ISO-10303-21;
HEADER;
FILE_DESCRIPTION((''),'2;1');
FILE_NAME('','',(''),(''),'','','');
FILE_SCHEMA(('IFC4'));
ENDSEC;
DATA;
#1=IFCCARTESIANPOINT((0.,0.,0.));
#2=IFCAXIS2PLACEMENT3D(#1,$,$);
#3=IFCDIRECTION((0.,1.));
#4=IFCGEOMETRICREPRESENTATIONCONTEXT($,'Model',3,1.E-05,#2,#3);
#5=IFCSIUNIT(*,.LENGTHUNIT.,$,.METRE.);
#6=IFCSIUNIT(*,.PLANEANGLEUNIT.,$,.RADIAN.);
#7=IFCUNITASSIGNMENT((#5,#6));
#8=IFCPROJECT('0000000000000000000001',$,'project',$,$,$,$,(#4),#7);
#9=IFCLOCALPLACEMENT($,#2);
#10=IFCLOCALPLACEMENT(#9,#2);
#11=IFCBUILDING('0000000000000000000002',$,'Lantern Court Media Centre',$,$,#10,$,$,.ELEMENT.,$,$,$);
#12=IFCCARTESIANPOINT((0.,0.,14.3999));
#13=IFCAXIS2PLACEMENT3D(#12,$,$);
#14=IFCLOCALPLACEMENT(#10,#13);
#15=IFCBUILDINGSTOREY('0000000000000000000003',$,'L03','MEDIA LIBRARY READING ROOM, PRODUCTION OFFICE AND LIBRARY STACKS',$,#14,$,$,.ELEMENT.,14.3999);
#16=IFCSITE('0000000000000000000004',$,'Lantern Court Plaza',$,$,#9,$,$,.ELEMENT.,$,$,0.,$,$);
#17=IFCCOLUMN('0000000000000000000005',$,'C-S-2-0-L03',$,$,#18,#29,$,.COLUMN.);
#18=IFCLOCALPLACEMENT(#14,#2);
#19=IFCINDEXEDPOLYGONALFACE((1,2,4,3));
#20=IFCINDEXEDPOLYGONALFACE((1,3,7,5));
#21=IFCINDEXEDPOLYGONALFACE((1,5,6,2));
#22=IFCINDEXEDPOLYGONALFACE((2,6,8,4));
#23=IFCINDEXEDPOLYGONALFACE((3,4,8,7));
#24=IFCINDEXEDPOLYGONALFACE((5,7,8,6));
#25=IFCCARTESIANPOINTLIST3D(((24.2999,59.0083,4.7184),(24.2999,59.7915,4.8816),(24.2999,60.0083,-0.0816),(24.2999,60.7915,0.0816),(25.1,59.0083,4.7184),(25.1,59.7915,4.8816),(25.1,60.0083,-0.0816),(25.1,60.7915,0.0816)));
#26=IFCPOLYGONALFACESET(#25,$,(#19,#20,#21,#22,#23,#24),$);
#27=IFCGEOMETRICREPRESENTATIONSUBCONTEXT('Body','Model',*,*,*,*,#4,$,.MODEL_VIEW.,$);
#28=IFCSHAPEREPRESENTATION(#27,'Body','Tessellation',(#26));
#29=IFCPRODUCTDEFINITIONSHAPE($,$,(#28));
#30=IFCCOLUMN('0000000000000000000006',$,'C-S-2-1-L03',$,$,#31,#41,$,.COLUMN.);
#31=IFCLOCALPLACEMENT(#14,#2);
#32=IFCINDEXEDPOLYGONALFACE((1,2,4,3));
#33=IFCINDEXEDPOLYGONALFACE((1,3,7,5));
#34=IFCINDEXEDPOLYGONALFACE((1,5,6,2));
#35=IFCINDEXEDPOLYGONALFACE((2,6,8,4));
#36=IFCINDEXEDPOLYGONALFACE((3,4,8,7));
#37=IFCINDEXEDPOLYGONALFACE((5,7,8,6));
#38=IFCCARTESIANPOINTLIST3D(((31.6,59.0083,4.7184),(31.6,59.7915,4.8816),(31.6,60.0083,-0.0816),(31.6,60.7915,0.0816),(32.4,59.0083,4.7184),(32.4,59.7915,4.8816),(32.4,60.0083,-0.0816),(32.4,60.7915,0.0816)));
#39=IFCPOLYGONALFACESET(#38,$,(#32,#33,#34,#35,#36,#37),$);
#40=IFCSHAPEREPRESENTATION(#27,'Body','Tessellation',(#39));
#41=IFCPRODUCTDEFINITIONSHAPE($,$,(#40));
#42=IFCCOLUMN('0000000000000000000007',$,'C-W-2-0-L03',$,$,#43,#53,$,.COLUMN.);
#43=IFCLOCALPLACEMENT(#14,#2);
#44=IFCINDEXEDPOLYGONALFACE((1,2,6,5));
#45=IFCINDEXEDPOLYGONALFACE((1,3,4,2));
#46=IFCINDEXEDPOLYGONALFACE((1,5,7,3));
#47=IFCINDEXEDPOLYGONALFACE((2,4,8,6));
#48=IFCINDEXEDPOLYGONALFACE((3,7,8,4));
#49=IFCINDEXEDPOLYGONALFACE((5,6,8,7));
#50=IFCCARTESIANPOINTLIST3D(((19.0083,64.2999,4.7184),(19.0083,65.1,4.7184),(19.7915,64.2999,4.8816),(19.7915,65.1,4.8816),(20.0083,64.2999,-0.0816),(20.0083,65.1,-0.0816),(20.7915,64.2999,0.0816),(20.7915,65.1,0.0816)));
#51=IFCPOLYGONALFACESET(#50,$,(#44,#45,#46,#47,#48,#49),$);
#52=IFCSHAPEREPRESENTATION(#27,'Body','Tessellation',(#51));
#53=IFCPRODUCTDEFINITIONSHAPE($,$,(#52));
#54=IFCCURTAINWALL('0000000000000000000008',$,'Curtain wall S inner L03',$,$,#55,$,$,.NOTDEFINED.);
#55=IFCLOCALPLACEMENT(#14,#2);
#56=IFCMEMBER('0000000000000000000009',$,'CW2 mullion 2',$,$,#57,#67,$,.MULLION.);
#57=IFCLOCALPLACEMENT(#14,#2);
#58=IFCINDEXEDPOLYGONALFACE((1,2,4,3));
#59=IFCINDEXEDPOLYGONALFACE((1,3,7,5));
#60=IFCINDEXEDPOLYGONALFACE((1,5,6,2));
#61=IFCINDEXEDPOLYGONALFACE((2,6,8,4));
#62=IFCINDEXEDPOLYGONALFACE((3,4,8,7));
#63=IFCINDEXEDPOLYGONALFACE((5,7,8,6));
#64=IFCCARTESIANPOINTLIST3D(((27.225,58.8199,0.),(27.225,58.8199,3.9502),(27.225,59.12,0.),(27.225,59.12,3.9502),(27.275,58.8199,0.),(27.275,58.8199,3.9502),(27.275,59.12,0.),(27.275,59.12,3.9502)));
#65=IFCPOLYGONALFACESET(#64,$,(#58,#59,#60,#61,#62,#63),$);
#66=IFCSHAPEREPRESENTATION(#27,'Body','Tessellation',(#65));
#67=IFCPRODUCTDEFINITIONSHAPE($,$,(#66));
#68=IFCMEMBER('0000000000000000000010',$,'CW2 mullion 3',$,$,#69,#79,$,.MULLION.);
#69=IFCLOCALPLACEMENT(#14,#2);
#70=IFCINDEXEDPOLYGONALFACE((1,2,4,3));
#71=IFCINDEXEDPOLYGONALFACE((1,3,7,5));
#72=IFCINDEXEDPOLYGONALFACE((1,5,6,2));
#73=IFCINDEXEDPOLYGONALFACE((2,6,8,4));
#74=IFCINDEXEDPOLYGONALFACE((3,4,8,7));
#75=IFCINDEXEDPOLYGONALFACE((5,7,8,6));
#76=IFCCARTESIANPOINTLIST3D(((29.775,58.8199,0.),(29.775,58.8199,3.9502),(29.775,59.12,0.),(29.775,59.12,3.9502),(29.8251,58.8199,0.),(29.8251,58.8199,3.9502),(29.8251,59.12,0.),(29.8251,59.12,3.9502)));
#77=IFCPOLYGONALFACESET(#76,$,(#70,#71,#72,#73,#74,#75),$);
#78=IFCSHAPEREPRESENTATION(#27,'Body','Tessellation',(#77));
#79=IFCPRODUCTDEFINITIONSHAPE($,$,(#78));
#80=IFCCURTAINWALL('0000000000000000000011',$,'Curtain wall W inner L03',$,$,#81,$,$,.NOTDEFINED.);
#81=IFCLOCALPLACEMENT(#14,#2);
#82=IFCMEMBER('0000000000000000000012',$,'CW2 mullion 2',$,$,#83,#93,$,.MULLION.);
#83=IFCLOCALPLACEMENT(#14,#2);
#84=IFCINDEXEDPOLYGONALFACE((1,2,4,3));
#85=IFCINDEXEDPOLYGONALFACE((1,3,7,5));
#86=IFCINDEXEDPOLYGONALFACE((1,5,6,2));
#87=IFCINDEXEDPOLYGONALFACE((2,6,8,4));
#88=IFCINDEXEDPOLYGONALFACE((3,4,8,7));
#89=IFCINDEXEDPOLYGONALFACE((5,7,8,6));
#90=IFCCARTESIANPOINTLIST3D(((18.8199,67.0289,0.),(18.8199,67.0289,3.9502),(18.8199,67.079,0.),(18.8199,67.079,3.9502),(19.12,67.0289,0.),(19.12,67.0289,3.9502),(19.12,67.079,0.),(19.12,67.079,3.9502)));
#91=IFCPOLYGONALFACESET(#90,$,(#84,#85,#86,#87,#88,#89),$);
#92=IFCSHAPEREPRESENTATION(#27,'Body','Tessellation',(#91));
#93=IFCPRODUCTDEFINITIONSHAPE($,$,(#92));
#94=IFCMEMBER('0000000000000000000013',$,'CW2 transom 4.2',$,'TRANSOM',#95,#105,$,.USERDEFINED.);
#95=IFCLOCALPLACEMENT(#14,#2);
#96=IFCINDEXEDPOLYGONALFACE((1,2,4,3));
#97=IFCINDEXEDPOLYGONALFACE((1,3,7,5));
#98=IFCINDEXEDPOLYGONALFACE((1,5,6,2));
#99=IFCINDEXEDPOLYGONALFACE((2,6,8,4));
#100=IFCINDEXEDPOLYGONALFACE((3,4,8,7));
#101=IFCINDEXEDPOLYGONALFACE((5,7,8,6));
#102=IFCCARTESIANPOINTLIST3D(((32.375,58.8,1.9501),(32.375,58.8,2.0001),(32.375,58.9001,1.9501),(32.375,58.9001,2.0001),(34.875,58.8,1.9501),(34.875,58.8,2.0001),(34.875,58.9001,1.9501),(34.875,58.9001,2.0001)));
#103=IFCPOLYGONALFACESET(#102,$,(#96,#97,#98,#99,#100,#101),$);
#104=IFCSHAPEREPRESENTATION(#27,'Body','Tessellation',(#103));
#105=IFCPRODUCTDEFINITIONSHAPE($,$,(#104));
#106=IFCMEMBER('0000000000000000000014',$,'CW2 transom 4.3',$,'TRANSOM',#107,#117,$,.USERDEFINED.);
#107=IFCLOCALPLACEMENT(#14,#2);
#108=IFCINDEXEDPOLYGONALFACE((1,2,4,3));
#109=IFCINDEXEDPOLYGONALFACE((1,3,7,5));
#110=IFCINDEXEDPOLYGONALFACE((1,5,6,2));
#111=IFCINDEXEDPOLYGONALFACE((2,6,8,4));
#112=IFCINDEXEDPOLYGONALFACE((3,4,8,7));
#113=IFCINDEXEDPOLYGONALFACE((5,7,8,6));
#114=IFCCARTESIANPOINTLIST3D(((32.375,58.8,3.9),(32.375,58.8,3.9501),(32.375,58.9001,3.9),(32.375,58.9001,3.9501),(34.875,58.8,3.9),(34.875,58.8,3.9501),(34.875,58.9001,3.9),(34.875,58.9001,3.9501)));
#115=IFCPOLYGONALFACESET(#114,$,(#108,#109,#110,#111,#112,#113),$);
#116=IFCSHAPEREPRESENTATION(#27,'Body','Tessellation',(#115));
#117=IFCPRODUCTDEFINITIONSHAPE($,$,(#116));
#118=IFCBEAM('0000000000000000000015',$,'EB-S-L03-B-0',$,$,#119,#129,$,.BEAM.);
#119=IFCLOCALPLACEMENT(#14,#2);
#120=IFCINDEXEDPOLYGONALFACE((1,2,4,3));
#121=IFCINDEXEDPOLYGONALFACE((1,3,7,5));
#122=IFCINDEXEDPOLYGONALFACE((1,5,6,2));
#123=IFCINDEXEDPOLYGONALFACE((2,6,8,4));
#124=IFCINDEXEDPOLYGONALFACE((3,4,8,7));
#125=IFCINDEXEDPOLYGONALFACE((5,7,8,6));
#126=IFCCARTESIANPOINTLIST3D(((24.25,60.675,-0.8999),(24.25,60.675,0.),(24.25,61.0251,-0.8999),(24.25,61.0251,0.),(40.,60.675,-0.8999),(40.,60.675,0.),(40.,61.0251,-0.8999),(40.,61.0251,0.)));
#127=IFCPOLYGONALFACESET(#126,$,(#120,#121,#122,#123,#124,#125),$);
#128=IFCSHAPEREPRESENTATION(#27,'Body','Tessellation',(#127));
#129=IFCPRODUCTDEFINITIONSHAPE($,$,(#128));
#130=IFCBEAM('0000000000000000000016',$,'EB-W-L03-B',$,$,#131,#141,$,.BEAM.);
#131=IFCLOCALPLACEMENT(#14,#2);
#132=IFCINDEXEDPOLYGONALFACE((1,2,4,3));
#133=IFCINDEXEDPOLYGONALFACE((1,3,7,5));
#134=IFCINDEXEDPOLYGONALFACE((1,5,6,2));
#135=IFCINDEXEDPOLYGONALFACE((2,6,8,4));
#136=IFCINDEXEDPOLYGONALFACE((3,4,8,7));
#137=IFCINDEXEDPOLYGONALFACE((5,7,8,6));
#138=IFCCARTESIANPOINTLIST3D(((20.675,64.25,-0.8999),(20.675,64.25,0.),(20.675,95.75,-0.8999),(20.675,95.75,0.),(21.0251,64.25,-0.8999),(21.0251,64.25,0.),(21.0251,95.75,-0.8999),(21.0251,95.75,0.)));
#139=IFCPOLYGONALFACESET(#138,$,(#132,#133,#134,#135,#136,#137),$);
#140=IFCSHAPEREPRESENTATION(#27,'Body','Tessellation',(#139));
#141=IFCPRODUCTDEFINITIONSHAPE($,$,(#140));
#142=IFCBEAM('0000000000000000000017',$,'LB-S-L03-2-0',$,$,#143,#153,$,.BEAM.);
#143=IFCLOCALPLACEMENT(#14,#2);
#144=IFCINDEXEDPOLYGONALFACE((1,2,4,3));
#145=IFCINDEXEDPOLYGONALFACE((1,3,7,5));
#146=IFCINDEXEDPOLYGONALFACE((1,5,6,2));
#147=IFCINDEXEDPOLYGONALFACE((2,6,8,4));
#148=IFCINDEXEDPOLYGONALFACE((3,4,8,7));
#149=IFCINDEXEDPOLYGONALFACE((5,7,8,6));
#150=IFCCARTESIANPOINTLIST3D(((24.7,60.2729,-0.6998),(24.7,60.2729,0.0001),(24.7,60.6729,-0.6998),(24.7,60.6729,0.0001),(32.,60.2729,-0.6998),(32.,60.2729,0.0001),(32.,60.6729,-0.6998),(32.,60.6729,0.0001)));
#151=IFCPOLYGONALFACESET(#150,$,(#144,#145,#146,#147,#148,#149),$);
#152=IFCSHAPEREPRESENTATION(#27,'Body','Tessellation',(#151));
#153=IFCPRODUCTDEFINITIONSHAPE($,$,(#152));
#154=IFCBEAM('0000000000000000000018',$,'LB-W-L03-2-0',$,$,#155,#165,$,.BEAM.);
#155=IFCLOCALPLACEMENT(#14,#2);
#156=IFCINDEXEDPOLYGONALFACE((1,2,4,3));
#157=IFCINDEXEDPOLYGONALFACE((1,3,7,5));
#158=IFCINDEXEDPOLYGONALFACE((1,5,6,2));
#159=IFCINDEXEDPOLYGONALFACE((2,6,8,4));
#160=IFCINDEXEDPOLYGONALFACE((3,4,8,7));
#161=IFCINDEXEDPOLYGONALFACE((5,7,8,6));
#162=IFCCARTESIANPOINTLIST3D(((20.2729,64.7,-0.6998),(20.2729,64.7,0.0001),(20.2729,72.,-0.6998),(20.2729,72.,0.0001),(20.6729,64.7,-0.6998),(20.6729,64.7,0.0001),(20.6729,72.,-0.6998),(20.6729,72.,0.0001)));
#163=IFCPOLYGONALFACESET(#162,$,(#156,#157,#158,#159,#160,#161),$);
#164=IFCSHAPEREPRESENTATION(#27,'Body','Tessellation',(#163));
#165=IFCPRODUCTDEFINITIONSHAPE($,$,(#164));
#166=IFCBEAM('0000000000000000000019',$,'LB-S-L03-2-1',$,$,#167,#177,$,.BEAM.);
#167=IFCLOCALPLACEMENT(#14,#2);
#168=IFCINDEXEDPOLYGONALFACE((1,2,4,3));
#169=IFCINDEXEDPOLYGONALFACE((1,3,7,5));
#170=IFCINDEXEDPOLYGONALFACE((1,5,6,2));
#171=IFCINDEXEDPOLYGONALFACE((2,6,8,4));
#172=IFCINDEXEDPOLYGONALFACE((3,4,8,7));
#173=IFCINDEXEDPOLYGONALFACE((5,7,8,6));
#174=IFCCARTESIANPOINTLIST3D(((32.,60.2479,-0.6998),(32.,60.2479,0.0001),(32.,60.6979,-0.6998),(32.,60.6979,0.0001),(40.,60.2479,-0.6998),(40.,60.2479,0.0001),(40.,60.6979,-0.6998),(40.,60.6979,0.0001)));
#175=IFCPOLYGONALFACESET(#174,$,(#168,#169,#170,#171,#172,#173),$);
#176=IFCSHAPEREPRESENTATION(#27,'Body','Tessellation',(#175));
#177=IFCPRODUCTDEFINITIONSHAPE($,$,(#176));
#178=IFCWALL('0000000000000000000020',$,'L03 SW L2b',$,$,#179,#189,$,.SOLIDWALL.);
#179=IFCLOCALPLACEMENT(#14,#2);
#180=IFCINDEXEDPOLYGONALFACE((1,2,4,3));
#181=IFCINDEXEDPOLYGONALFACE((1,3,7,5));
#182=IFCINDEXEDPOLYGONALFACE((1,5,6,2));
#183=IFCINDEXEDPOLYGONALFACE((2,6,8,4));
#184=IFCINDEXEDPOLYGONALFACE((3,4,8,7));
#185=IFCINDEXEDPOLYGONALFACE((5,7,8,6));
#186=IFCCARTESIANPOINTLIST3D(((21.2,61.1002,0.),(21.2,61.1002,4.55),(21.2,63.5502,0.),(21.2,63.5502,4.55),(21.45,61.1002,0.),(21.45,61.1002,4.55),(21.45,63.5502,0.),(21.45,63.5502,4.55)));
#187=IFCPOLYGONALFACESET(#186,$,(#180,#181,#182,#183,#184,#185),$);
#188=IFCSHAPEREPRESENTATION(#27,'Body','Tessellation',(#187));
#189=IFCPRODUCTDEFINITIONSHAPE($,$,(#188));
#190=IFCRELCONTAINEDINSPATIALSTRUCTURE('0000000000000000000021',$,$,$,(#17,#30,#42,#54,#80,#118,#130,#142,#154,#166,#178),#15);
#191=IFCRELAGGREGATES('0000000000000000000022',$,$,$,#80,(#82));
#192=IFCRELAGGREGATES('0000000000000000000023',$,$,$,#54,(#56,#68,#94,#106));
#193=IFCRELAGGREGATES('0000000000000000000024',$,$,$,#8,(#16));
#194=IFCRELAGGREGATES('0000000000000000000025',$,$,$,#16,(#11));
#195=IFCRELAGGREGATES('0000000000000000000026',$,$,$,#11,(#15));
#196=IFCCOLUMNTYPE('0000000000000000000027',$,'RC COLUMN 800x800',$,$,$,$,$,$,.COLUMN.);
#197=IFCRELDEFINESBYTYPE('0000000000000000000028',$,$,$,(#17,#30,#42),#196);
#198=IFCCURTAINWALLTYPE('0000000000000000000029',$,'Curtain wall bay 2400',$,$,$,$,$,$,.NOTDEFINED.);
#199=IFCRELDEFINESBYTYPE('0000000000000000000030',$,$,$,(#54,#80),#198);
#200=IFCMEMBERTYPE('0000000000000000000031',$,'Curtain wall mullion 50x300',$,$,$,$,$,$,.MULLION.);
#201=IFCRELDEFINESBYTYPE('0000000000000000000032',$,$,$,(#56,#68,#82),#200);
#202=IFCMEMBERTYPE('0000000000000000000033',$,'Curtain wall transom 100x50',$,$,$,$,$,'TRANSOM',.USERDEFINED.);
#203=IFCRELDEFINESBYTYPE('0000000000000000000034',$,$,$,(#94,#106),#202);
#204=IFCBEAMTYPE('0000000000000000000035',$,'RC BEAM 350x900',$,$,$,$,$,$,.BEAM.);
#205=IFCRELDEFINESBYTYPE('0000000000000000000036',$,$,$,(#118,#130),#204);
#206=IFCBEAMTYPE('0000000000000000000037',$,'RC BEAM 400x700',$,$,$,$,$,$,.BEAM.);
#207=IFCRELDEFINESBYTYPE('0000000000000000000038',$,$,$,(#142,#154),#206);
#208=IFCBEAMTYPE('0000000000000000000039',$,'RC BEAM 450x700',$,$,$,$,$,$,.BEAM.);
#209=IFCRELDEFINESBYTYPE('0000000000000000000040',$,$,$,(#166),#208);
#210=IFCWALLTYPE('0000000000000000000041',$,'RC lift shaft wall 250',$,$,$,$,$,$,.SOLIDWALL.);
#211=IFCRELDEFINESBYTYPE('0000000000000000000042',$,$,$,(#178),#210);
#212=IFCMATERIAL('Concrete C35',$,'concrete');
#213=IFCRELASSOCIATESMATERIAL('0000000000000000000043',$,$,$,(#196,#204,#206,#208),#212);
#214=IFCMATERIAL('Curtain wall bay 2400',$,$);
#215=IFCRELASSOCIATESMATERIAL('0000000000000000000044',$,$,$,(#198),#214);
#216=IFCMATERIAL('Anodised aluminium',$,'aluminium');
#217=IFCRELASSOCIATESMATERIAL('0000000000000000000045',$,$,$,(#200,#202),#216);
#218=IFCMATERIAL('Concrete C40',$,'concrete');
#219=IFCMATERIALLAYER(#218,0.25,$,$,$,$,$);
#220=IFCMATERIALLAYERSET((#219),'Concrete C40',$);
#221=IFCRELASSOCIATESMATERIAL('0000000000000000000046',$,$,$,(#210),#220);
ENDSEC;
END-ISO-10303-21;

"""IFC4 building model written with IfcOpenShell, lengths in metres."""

from ifc_helpers import new_model, si_unit, direction, frame, frame_2d, origin, origin_2d, place, context, subcontext, project, spatial, rectangle, extrude, material, layer, layer_set, material_profile, profile_set, type_object, element, aggregate, save


model = new_model("IFC4")

# Units and contexts
model_context = context("Model", 3, precision=1e-05, world=origin(), true_north=direction((0.0, 1.0)))
body_context = subcontext(model_context, "Body", "Model", "MODEL_VIEW")
ifc_project = project(units=[si_unit("LENGTHUNIT", "METRE"), si_unit("PLANEANGLEUNIT", "RADIAN")], contexts=[model_context])

# Site, building, storey
site_placement = place(None, origin())
site = spatial("IfcSite", under=ifc_project, at=site_placement, Name="Lantern Court Plaza", CompositionType="ELEMENT", RefElevation=0.0)
building_placement = place(site_placement, origin())
building = spatial("IfcBuilding", under=site, at=building_placement, Name="Lantern Court Media Centre", CompositionType="ELEMENT")
storey_placement = place(building_placement, frame((0.0, 0.0, 14.3999)))
storey = spatial("IfcBuildingStorey", under=building, at=storey_placement, Name="L03", Description="MEDIA LIBRARY READING ROOM, PRODUCTION OFFICE AND LIBRARY STACKS", CompositionType="ELEMENT", Elevation=14.3999)

# Columns
ifc_material_1 = material(Name="Concrete C35", Category="concrete")
ifc_material_profile_1 = material_profile(ifc_material_1, rectangle(XDim=0.8, YDim=0.8, at=origin_2d()), Name="RC 800x800")
ifc_profile_set_1 = profile_set([ifc_material_profile_1], Name="Concrete C35")
column_type = type_object("IfcColumnType", Name="RC COLUMN 800x800", PredefinedType="COLUMN", material=ifc_profile_set_1)
for number, where, z_axis, x_axis, name in (
    (1, (24.7, 60.3999, 0.0), (0.0, -0.203952, 0.978981), (1.0, 0.0, 0.0), "C-S-2-0-L03"),
    (2, (32.0, 60.3999, 0.0), (0.0, -0.203952, 0.978981), (1.0, 0.0, 0.0), "C-S-2-1-L03"),
    (3, (20.3999, 64.7, 0.0), (-0.203952, 0.0, 0.978981), (0.0, -1.0, 0.0), "C-W-2-0-L03"),
):
    element("IfcColumn", number, at=place(storey_placement, frame(where, z_axis=z_axis, x_axis=x_axis)), inside=storey, type_object=column_type, Name=name, PredefinedType="COLUMN", context=body_context, shape_type="SweptSolid", body=[
        extrude(rectangle(XDim=0.8, YDim=0.8, at=origin_2d()), origin(), (0.0, 0.0, 1.0), 4.9031),
    ])

# Curtain wall, members
ifc_material_2 = material(Name="Curtain wall bay 2400")
curtain_wall_type = type_object("IfcCurtainWallType", Name="Curtain wall bay 2400", PredefinedType="NOTDEFINED", material=ifc_material_2)
curtain_wall_1_placement = place(storey_placement, origin())
curtain_wall_1 = element("IfcCurtainWall", 4, at=curtain_wall_1_placement, inside=storey, type_object=curtain_wall_type, Name="Curtain wall S inner L03", PredefinedType="NOTDEFINED")
ifc_material_3 = material(Name="Anodised aluminium", Category="aluminium")
ifc_material_profile_2 = material_profile(ifc_material_3, rectangle(XDim=0.3, YDim=0.05, at=origin_2d()), Name="AL 50x300")
ifc_profile_set_2 = profile_set([ifc_material_profile_2], Name="Anodised aluminium")
member_type_1 = type_object("IfcMemberType", Name="Curtain wall mullion 50x300", PredefinedType="MULLION", material=ifc_profile_set_2)
member_1_placement = place(storey_placement, frame((27.25, 58.97, 0.0), z_axis=(0.0, 0.0, 1.0), x_axis=(0.0, 1.0, 0.0)))
member_1 = element("IfcMember", 5, at=member_1_placement, type_object=member_type_1, Name="CW2 mullion 2", PredefinedType="MULLION", context=body_context, shape_type="SweptSolid", body=[
    extrude(rectangle(XDim=0.3, YDim=0.05, at=origin_2d()), origin(), (0.0, 0.0, 1.0), 3.9502),
])
member_2_placement = place(storey_placement, frame((29.8, 58.97, 0.0), z_axis=(0.0, 0.0, 1.0), x_axis=(0.0, 1.0, 0.0)))
member_2 = element("IfcMember", 6, at=member_2_placement, type_object=member_type_1, Name="CW2 mullion 3", PredefinedType="MULLION", context=body_context, shape_type="SweptSolid", body=[
    extrude(rectangle(XDim=0.3, YDim=0.05, at=origin_2d()), origin(), (0.0, 0.0, 1.0), 3.9502),
])

# Curtain wall, member
curtain_wall_2_placement = place(storey_placement, origin())
curtain_wall_2 = element("IfcCurtainWall", 7, at=curtain_wall_2_placement, inside=storey, type_object=curtain_wall_type, Name="Curtain wall W inner L03", PredefinedType="NOTDEFINED")
member_3_placement = place(storey_placement, frame((18.97, 67.054, 0.0), z_axis=(0.0, 0.0, 1.0), x_axis=(-1.0, 0.0, 0.0)))
member_3 = element("IfcMember", 8, at=member_3_placement, type_object=member_type_1, Name="CW2 mullion 2", PredefinedType="MULLION", context=body_context, shape_type="SweptSolid", body=[
    extrude(rectangle(XDim=0.3, YDim=0.05, at=origin_2d()), origin(), (0.0, 0.0, 1.0), 3.9502),
])
aggregate(curtain_wall_2, [member_3])

# Members
ifc_material_profile_3 = material_profile(ifc_material_3, rectangle(XDim=0.1001, YDim=0.05, at=origin_2d()), Name="AL 50x100")
ifc_profile_set_3 = profile_set([ifc_material_profile_3], Name="Anodised aluminium")
member_type_2 = type_object("IfcMemberType", Name="Curtain wall transom 100x50", ElementType="TRANSOM", PredefinedType="USERDEFINED", material=ifc_profile_set_3)
member_4_placement = place(storey_placement, frame((32.375, 58.8501, 1.9751), z_axis=(1.0, 0.0, 0.0), x_axis=(0.0, 1.0, 0.0)))
member_4 = element("IfcMember", 9, at=member_4_placement, type_object=member_type_2, Name="CW2 transom 4.2", ObjectType="TRANSOM", PredefinedType="USERDEFINED", context=body_context, shape_type="SweptSolid", body=[
    extrude(rectangle(XDim=0.1001, YDim=0.05, at=origin_2d()), origin(), (0.0, 0.0, 1.0), 2.5),
])
member_5_placement = place(storey_placement, frame((32.375, 58.8501, 3.925), z_axis=(1.0, 0.0, 0.0), x_axis=(0.0, 1.0, 0.0)))
member_5 = element("IfcMember", 10, at=member_5_placement, type_object=member_type_2, Name="CW2 transom 4.3", ObjectType="TRANSOM", PredefinedType="USERDEFINED", context=body_context, shape_type="SweptSolid", body=[
    extrude(rectangle(XDim=0.1001, YDim=0.05, at=origin_2d()), origin(), (0.0, 0.0, 1.0), 2.5),
])
aggregate(curtain_wall_1, [member_1, member_2, member_4, member_5])

# Beams
ifc_material_profile_4 = material_profile(ifc_material_1, rectangle(XDim=0.3501, YDim=0.8999, at=origin_2d()), Name="RC 350x900")
ifc_profile_set_4 = profile_set([ifc_material_profile_4], Name="Concrete C35")
beam_type_1 = type_object("IfcBeamType", Name="RC BEAM 350x900", PredefinedType="BEAM", material=ifc_profile_set_4)
beam_1_placement = place(storey_placement, frame((24.25, 60.8501, -0.45), z_axis=(1.0, 0.0, 0.0), x_axis=(0.0, 1.0, 0.0)))
element("IfcBeam", 11, at=beam_1_placement, inside=storey, type_object=beam_type_1, Name="EB-S-L03-B-0", PredefinedType="BEAM", context=body_context, shape_type="SweptSolid", body=[
    extrude(rectangle(XDim=0.3501, YDim=0.8999, at=origin_2d()), origin(), (0.0, 0.0, 1.0), 15.75),
])
beam_2_placement = place(storey_placement, frame((20.8501, 64.25, -0.45), z_axis=(0.0, 1.0, 0.0), x_axis=(-1.0, 0.0, 0.0)))
element("IfcBeam", 12, at=beam_2_placement, inside=storey, type_object=beam_type_1, Name="EB-W-L03-B", PredefinedType="BEAM", context=body_context, shape_type="SweptSolid", body=[
    extrude(rectangle(XDim=0.3501, YDim=0.8999, at=origin_2d()), origin(), (0.0, 0.0, 1.0), 31.5),
])
ifc_material_profile_5 = material_profile(ifc_material_1, rectangle(XDim=0.3999, YDim=0.7, at=origin_2d()), Name="RC 400x700")
ifc_profile_set_5 = profile_set([ifc_material_profile_5], Name="Concrete C35")
beam_type_2 = type_object("IfcBeamType", Name="RC BEAM 400x700", PredefinedType="BEAM", material=ifc_profile_set_5)
for number, where, z_axis, x_axis, name in (
    (13, (24.7, 60.4729, -0.3499), (1.0, 0.0, 0.0), (0.0, 1.0, 0.0), "LB-S-L03-2-0"),
    (14, (20.4729, 64.7, -0.3499), (0.0, 1.0, 0.0), (-1.0, 0.0, 0.0), "LB-W-L03-2-0"),
):
    element("IfcBeam", number, at=place(storey_placement, frame(where, z_axis=z_axis, x_axis=x_axis)), inside=storey, type_object=beam_type_2, Name=name, PredefinedType="BEAM", context=body_context, shape_type="SweptSolid", body=[
        extrude(rectangle(XDim=0.3999, YDim=0.7, at=origin_2d()), origin(), (0.0, 0.0, 1.0), 7.3),
    ])
ifc_material_profile_6 = material_profile(ifc_material_1, rectangle(XDim=0.45, YDim=0.7, at=origin_2d()), Name="RC 450x700")
ifc_profile_set_6 = profile_set([ifc_material_profile_6], Name="Concrete C35")
beam_type_3 = type_object("IfcBeamType", Name="RC BEAM 450x700", PredefinedType="BEAM", material=ifc_profile_set_6)
beam_3_placement = place(storey_placement, frame((32.0, 60.4729, -0.3499), z_axis=(1.0, 0.0, 0.0), x_axis=(0.0, 1.0, 0.0)))
element("IfcBeam", 15, at=beam_3_placement, inside=storey, type_object=beam_type_3, Name="LB-S-L03-2-1", PredefinedType="BEAM", context=body_context, shape_type="SweptSolid", body=[
    extrude(rectangle(XDim=0.45, YDim=0.7, at=origin_2d()), origin(), (0.0, 0.0, 1.0), 8.0),
])

# Wall
ifc_material_4 = material(Name="Concrete C40", Category="concrete")
ifc_layer_1 = layer(ifc_material_4, 0.25)
ifc_layer_set_1 = layer_set([ifc_layer_1], Name="Concrete C40")
wall_type = type_object("IfcWallType", Name="RC lift shaft wall 250", PredefinedType="SOLIDWALL", material=ifc_layer_set_1)
wall_placement = place(storey_placement, frame((21.325, 61.1001, 0.0), z_axis=(0.0, 0.0, 1.0), x_axis=(0.0, 1.0, 0.0)))
element("IfcWall", 16, at=wall_placement, inside=storey, type_object=wall_type, Name="L03 SW L2b", PredefinedType="SOLIDWALL", context=body_context, shape_type="SweptSolid", body=[
    extrude(rectangle(XDim=2.45, YDim=0.25, at=frame_2d((1.2251, 0.0))), origin(), (0.0, 0.0, 1.0), 4.55),
])

save(model, "model.ifc")
